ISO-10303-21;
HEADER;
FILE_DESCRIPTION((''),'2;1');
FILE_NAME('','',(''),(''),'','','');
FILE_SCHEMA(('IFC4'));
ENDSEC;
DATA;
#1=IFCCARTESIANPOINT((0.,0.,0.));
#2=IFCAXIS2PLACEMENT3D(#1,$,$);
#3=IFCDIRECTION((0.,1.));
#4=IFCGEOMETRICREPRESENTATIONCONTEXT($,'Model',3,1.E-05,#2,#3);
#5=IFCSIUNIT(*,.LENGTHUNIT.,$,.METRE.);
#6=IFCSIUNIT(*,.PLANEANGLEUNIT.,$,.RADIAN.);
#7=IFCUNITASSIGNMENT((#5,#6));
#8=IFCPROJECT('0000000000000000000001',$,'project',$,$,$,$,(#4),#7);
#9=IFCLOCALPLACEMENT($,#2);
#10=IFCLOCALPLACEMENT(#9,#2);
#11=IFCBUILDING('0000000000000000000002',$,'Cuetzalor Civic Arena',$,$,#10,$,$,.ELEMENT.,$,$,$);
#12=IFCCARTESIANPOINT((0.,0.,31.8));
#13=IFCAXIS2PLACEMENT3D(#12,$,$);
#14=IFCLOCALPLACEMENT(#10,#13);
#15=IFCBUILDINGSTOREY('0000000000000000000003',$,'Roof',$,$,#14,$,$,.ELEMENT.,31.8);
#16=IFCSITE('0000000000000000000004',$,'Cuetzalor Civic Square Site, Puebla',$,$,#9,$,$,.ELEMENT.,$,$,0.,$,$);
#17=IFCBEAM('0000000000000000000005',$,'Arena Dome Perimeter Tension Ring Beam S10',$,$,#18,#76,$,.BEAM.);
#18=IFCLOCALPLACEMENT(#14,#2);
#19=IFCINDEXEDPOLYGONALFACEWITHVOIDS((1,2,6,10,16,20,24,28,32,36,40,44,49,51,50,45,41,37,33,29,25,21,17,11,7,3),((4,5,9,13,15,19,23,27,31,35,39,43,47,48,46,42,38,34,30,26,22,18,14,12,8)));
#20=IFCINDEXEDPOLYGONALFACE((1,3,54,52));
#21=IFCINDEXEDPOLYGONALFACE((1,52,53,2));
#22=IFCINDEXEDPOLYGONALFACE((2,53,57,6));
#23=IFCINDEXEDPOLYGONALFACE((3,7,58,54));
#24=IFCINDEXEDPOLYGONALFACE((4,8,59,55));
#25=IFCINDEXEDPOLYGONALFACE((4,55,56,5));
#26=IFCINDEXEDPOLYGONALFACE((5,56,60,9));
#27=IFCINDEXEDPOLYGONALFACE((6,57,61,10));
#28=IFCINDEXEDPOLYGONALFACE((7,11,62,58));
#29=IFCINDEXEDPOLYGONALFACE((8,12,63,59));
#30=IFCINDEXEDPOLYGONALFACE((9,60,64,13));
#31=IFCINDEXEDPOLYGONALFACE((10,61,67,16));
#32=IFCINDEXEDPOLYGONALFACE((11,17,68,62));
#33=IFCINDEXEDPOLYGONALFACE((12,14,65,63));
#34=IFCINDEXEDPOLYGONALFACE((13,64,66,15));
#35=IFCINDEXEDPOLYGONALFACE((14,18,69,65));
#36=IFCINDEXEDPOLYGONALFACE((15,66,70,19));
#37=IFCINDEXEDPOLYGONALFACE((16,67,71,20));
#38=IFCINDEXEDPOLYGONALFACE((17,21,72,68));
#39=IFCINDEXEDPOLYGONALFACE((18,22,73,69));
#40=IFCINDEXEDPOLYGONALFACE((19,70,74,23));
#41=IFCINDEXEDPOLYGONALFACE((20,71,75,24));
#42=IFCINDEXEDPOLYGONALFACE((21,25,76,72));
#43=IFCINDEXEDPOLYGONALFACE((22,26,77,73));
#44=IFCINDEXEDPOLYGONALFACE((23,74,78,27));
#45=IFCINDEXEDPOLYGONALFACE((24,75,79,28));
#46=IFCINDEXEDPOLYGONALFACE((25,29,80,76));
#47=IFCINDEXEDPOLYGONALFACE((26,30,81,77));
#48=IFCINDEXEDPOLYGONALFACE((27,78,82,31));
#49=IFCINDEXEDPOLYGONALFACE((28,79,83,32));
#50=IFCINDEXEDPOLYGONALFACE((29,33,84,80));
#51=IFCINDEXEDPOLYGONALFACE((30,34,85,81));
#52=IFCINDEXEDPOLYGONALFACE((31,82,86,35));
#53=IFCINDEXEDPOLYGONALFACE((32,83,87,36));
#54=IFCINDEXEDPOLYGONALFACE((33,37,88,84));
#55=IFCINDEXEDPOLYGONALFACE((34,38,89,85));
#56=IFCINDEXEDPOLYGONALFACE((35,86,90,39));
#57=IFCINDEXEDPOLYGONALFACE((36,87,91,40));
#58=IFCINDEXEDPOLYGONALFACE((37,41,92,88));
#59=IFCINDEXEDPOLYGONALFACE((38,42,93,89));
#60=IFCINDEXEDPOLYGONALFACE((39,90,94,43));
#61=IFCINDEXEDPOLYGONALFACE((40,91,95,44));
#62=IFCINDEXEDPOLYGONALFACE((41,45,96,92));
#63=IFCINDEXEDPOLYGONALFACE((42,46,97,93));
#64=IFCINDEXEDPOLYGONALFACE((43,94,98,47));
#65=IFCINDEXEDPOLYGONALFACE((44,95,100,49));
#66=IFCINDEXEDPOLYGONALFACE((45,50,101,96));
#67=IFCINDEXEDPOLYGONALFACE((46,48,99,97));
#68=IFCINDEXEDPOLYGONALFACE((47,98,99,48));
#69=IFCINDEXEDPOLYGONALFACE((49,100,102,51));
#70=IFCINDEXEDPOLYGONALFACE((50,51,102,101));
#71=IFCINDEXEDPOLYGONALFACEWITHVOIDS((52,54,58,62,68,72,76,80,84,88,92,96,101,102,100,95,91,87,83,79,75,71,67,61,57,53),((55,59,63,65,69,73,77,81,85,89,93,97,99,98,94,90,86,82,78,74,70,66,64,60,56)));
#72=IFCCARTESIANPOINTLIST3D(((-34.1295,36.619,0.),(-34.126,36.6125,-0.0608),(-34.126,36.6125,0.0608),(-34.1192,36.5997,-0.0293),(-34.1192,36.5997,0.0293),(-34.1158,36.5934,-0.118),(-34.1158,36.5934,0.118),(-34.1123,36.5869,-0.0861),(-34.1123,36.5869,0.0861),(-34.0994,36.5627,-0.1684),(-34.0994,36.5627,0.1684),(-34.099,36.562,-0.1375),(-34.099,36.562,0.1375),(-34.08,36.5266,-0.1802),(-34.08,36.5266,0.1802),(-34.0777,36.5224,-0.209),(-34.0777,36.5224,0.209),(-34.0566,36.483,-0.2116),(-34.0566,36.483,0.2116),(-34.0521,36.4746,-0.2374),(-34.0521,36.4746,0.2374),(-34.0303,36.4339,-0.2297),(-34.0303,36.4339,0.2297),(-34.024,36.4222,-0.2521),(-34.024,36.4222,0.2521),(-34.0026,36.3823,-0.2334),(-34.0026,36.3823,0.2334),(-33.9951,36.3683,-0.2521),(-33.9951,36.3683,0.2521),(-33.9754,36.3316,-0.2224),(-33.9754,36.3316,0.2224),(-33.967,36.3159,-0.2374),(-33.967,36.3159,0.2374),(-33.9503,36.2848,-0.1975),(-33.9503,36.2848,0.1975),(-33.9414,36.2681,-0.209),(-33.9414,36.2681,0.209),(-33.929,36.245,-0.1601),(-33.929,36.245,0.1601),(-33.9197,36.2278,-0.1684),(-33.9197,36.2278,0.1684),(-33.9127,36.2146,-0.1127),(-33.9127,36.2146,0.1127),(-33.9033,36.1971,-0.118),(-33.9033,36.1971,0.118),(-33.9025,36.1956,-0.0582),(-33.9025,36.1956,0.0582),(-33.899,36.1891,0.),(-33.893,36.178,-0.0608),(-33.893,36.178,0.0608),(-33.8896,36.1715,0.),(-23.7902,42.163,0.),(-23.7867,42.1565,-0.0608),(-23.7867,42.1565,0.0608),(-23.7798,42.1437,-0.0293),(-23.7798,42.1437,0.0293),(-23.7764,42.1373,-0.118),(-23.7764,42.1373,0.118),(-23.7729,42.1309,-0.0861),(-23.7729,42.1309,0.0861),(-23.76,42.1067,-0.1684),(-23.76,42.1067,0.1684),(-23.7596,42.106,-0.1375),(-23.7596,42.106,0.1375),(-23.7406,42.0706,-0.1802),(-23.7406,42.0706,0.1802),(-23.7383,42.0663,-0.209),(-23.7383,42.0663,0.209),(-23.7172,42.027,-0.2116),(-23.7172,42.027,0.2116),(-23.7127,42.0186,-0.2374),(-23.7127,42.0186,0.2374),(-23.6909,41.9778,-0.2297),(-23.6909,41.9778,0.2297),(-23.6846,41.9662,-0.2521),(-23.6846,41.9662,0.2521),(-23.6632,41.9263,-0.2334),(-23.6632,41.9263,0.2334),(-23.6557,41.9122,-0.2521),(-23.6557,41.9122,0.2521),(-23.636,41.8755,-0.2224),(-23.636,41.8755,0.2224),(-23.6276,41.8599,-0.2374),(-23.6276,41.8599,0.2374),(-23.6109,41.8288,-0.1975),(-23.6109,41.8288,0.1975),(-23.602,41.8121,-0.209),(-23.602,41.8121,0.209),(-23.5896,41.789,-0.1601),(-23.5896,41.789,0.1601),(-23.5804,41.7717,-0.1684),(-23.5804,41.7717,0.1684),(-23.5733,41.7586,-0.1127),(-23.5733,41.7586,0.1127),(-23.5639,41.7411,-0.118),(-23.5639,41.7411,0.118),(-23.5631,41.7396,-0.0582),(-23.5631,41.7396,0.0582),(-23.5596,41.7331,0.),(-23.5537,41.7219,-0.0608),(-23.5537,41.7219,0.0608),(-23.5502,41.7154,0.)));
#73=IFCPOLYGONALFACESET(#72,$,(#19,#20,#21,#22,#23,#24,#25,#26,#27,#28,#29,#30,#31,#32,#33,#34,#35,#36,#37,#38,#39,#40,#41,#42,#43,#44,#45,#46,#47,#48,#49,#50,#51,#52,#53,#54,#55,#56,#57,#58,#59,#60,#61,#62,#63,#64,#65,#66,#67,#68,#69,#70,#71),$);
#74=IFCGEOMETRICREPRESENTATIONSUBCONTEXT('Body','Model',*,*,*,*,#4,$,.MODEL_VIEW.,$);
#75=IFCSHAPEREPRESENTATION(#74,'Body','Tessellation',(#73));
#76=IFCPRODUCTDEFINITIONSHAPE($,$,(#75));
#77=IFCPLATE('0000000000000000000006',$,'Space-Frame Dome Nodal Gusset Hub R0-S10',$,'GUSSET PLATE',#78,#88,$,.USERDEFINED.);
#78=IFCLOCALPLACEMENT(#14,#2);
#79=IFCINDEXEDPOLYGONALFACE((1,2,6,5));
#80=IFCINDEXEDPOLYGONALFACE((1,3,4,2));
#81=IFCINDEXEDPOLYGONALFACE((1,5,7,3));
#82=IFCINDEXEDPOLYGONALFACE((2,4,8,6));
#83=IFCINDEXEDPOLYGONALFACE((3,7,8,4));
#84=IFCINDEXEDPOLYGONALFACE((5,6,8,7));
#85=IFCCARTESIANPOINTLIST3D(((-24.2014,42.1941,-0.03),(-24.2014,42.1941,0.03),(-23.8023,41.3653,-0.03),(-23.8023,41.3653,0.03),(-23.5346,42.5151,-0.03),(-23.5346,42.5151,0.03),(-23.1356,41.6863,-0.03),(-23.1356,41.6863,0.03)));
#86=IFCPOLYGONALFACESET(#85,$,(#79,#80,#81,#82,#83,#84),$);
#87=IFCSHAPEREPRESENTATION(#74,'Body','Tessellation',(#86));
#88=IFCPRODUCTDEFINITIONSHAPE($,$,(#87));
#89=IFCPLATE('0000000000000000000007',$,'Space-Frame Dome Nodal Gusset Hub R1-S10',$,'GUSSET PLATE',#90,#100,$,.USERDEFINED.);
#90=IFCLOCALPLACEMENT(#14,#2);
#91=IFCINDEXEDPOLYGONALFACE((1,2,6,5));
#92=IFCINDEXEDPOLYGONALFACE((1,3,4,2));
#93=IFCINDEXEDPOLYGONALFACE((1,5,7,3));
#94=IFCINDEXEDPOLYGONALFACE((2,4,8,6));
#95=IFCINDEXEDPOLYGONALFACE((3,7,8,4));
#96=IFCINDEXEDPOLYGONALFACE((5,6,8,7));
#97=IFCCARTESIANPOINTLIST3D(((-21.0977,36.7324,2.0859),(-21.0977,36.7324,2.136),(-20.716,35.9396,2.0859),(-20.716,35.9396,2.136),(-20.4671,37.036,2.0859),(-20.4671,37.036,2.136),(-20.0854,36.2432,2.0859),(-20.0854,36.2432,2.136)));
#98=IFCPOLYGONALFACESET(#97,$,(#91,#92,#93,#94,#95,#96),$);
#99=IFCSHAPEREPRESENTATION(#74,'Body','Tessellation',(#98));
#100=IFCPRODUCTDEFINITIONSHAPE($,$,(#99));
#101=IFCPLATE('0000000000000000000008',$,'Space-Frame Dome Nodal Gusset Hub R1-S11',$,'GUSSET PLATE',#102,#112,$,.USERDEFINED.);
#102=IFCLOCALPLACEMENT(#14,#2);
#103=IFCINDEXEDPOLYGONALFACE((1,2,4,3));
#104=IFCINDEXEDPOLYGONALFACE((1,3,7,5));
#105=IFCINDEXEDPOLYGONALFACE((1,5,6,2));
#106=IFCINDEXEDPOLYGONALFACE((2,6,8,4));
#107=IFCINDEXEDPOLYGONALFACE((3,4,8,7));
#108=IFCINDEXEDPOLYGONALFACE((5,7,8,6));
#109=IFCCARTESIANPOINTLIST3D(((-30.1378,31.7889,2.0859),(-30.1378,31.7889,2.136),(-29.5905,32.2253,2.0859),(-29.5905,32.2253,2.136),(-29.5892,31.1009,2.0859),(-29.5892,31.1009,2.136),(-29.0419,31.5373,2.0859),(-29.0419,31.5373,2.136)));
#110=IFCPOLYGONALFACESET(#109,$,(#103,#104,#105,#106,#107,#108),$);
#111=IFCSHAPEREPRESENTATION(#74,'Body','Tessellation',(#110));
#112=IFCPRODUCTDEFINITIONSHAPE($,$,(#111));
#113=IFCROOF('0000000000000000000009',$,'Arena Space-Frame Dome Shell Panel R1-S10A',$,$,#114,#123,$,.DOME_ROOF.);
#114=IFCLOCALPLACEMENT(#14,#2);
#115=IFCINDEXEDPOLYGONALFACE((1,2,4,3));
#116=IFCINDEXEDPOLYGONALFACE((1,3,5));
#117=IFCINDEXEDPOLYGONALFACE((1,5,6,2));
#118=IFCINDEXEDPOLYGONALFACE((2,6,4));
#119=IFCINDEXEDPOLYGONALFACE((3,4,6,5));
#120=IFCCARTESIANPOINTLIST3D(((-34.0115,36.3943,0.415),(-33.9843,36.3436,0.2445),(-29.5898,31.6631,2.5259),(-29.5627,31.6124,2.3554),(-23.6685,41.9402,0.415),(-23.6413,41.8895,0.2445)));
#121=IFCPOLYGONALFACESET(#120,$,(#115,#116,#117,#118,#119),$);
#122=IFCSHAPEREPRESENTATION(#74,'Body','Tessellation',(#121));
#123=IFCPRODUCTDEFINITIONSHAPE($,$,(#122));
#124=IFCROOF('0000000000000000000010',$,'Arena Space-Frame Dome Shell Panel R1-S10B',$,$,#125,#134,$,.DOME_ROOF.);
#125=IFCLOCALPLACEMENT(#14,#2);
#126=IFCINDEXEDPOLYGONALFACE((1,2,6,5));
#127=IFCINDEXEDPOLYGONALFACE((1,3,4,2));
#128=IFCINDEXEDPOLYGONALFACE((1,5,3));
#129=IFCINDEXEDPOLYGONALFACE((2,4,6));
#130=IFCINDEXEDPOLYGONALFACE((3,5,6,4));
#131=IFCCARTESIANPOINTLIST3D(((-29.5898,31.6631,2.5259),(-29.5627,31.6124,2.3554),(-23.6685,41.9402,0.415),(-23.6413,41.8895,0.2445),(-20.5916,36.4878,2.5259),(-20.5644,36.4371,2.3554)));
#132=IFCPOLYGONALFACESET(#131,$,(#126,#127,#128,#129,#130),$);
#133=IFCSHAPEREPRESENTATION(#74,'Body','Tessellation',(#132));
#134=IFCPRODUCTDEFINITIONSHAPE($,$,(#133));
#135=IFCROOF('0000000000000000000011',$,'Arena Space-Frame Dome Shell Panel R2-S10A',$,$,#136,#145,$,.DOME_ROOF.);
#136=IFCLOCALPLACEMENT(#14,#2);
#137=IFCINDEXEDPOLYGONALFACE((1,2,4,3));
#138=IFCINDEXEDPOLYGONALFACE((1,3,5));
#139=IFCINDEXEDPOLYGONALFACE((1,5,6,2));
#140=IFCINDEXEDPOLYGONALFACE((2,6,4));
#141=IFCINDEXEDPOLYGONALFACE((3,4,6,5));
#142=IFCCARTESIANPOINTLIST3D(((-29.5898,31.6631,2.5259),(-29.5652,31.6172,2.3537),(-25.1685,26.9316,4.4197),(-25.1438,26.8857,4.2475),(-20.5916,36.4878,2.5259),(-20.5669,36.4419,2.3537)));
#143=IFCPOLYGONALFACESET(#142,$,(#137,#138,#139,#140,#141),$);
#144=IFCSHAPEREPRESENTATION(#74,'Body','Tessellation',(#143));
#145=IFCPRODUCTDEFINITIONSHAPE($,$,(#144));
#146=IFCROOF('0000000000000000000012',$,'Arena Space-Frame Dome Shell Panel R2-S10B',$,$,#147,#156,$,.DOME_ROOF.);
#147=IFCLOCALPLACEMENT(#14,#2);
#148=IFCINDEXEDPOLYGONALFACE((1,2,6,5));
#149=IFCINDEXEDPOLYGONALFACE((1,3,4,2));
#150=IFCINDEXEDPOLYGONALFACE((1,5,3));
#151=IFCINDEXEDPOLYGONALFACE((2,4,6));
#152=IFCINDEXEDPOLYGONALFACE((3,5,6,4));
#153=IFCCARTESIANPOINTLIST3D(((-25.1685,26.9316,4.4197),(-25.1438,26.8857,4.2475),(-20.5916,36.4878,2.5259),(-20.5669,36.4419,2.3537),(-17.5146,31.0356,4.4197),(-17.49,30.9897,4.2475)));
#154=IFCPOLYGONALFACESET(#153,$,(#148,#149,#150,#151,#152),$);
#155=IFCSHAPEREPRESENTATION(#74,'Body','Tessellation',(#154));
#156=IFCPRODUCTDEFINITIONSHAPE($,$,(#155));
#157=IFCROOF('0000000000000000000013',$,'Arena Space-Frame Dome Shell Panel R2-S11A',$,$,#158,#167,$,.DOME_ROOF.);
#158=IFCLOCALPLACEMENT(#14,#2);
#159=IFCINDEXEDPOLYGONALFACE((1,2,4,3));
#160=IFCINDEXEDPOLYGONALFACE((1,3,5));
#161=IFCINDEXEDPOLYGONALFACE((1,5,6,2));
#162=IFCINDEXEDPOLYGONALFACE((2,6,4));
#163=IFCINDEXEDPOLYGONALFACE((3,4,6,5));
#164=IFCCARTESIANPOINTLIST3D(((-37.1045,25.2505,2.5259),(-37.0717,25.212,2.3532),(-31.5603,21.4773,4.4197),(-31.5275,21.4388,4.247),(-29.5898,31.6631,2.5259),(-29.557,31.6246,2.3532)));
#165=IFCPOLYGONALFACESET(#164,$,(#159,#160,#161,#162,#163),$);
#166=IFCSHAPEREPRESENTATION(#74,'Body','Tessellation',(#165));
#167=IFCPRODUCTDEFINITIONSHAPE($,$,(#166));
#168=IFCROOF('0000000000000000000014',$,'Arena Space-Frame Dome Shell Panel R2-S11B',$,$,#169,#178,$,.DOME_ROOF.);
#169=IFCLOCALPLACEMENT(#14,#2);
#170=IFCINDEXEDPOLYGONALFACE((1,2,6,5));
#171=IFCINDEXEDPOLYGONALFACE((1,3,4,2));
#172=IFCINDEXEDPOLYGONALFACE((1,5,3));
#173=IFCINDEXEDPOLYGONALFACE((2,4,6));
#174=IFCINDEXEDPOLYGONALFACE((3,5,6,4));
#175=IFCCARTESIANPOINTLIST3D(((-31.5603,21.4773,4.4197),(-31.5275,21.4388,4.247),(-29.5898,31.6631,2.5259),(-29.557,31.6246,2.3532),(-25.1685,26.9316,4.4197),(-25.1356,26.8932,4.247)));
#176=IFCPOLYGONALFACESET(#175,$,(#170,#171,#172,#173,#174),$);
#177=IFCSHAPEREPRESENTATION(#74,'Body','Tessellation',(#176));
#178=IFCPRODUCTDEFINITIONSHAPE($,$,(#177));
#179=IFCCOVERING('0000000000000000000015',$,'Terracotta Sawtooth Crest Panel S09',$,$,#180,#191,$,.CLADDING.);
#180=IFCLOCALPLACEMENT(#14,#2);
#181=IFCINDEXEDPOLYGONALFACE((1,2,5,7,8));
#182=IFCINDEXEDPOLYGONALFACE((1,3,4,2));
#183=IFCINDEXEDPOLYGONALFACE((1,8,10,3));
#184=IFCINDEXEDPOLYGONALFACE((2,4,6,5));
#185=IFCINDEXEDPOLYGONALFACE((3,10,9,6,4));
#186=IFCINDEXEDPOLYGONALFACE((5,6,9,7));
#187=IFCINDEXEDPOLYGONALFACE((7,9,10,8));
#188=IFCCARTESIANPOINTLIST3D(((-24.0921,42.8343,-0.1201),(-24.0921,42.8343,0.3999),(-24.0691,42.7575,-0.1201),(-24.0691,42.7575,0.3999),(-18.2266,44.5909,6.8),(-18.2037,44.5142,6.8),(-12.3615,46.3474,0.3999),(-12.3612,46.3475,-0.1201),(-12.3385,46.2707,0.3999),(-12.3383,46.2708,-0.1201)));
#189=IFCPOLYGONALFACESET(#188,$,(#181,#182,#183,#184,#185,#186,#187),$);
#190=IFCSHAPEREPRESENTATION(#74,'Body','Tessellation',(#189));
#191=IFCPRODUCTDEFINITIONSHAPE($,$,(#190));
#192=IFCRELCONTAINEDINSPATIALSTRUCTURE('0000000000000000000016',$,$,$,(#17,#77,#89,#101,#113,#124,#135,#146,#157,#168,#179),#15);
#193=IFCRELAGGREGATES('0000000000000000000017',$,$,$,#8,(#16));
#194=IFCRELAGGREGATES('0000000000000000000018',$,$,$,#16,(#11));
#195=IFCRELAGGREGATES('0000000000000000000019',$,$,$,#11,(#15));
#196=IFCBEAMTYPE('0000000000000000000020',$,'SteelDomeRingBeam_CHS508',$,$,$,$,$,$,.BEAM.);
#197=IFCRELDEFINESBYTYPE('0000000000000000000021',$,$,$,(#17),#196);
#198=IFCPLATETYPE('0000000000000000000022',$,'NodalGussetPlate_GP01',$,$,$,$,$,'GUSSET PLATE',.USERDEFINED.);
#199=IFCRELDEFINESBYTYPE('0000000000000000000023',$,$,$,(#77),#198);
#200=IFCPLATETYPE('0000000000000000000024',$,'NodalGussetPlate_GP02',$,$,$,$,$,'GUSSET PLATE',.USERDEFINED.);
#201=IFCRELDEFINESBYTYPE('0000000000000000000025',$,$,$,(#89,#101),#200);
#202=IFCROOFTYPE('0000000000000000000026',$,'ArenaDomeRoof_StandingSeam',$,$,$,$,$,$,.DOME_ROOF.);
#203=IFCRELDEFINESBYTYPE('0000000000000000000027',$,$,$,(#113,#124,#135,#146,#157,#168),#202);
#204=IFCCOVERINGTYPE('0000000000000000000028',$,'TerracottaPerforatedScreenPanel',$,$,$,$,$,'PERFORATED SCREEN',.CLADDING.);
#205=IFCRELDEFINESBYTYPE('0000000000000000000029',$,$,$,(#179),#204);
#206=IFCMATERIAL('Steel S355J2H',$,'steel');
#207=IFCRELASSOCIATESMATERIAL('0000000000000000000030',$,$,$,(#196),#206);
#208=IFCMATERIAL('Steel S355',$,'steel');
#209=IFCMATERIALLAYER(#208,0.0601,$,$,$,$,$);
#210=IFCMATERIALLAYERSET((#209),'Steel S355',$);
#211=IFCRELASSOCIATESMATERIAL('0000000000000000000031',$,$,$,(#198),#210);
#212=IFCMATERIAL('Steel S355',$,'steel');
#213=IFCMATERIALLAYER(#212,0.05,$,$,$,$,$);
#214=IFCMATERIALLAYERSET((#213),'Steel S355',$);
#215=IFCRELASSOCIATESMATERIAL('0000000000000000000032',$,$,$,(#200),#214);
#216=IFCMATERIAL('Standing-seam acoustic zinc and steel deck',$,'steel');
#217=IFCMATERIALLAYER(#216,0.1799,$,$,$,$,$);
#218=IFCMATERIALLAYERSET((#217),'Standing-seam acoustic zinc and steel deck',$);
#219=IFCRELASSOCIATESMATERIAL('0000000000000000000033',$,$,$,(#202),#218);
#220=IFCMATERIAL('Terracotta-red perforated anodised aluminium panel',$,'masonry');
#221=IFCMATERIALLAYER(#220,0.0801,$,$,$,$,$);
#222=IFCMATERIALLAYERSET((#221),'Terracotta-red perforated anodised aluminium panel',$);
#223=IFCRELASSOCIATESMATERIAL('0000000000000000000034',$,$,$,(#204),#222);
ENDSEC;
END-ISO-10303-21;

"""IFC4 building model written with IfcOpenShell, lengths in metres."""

from ifc_helpers import new_model, si_unit, direction, frame, origin, origin_2d, place, context, subcontext, project, spatial, polyline, rectangle, hollow_circle, outline, extrude, material, layer, layer_set, material_profile, profile_set, type_object, element, save


model = new_model("IFC4")

# Units and contexts
model_context = context("Model", 3, precision=1e-05, world=origin(), true_north=direction((0.0, 1.0)))
body_context = subcontext(model_context, "Body", "Model", "MODEL_VIEW")
ifc_project = project(units=[si_unit("LENGTHUNIT", "METRE"), si_unit("PLANEANGLEUNIT", "RADIAN")], contexts=[model_context])

# Site, building, storey
site_placement = place(None, origin())
site = spatial("IfcSite", under=ifc_project, at=site_placement, Name="Cuetzalor Civic Square Site, Puebla", CompositionType="ELEMENT", RefElevation=0.0)
building_placement = place(site_placement, origin())
building = spatial("IfcBuilding", under=site, at=building_placement, Name="Cuetzalor Civic Arena", CompositionType="ELEMENT")
storey_placement = place(building_placement, frame((0.0, 0.0, 31.8)))
storey = spatial("IfcBuildingStorey", under=building, at=storey_placement, Name="Roof", CompositionType="ELEMENT", Elevation=31.8)

# Beam
ifc_material_1 = material(Name="Steel S355J2H", Category="steel")
ifc_material_profile_1 = material_profile(ifc_material_1, hollow_circle(Radius=0.2539, WallThickness=0.02, at=origin_2d()), Name="CHS 508x20")
ifc_profile_set_1 = profile_set([ifc_material_profile_1], Name="Steel S355J2H")
beam_type = type_object("IfcBeamType", Name="SteelDomeRingBeam_CHS508", PredefinedType="BEAM", material=ifc_profile_set_1)
beam_placement = place(storey_placement, frame((-23.6702, 41.9392, 0.0), z_axis=(-0.881302, -0.472553, 0.0), x_axis=(0.472553, -0.881302, 0.0)))
element("IfcBeam", 1, at=beam_placement, inside=storey, type_object=beam_type, Name="Arena Dome Perimeter Tension Ring Beam S10", PredefinedType="BEAM", context=body_context, shape_type="SweptSolid", body=[
    extrude(hollow_circle(Radius=0.2539, WallThickness=0.02, at=origin_2d()), origin(), (0.0, 0.0, 1.0), 11.7319),
])

# Plates
ifc_material_2 = material(Name="Steel S355", Category="steel")
ifc_layer_1 = layer(ifc_material_2, 0.0601)
ifc_layer_set_1 = layer_set([ifc_layer_1], Name="Steel S355")
plate_type_1 = type_object("IfcPlateType", Name="NodalGussetPlate_GP01", ElementType="GUSSET PLATE", PredefinedType="USERDEFINED", material=ifc_layer_set_1)
plate_placement = place(storey_placement, frame((-23.6685, 41.9402, -0.03), z_axis=(0.0, 0.0, 1.0), x_axis=(-0.433816, 0.901001, 0.0)))
element("IfcPlate", 2, at=plate_placement, inside=storey, type_object=plate_type_1, Name="Space-Frame Dome Nodal Gusset Hub R0-S10", ObjectType="GUSSET PLATE", PredefinedType="USERDEFINED", context=body_context, shape_type="SweptSolid", body=[
    extrude(rectangle(XDim=0.9199, YDim=0.74, at=origin_2d()), origin(), (0.0, 0.0, 1.0), 0.0601),
])
ifc_material_3 = material(Name="Steel S355", Category="steel")
ifc_layer_2 = layer(ifc_material_3, 0.05)
ifc_layer_set_2 = layer_set([ifc_layer_2], Name="Steel S355")
plate_type_2 = type_object("IfcPlateType", Name="NodalGussetPlate_GP02", ElementType="GUSSET PLATE", PredefinedType="USERDEFINED", material=ifc_layer_set_2)
for number, where, z_axis, x_axis, name in (
    (3, (-20.5916, 36.4878, 2.0859), (0.0, 0.0, 1.0), (-0.433816, 0.901001, 0.0), "Space-Frame Dome Nodal Gusset Hub R1-S10"),
    (4, (-29.5898, 31.6631, 2.0859), (0.0, 0.0, 1.0), (-0.62347, 0.781847, 0.0), "Space-Frame Dome Nodal Gusset Hub R1-S11"),
):
    element("IfcPlate", number, at=place(storey_placement, frame(where, z_axis=z_axis, x_axis=x_axis)), inside=storey, type_object=plate_type_2, Name=name, ObjectType="GUSSET PLATE", PredefinedType="USERDEFINED", context=body_context, shape_type="SweptSolid", body=[
        extrude(rectangle(XDim=0.8799, YDim=0.7, at=origin_2d()), origin(), (0.0, 0.0, 1.0), 0.05),
    ])

# Roofs
ifc_material_4 = material(Name="Standing-seam acoustic zinc and steel deck", Category="steel")
ifc_layer_3 = layer(ifc_material_4, 0.1799)
ifc_layer_set_3 = layer_set([ifc_layer_3], Name="Standing-seam acoustic zinc and steel deck")
roof_type = type_object("IfcRoofType", Name="ArenaDomeRoof_StandingSeam", PredefinedType="DOME_ROOF", material=ifc_layer_set_3)
roof_1_placement = place(storey_placement, frame((-23.6685, 41.9402, 0.415), z_axis=(-0.15101, 0.281631, 0.947565), x_axis=(-0.881303, -0.472552, 0.0)))
element("IfcRoof", 5, at=roof_1_placement, inside=storey, type_object=roof_type, Name="Arena Space-Frame Dome Shell Panel R1-S10A", PredefinedType="DOME_ROOF", context=body_context, shape_type="SweptSolid", body=[
    extrude(outline(polyline([(0.0, 0.0), (11.7361, 0.0), (10.075, 6.6054), (0.0, 0.0)])), origin(), (0.0, 0.0, -1.0), 0.1799),
])
roof_2_placement = place(storey_placement, frame((-23.6685, 41.9402, 0.415), z_axis=(-0.151003, 0.281627, 0.947568), x_axis=(-0.491512, -0.853063, 0.175213)))
element("IfcRoof", 6, at=roof_2_placement, inside=storey, type_object=roof_type, Name="Arena Space-Frame Dome Shell Panel R1-S10B", PredefinedType="DOME_ROOF", context=body_context, shape_type="SweptSolid", body=[
    extrude(outline(polyline([(0.0, 0.0), (12.0473, 0.0), (3.5087, 5.5982), (0.0, 0.0)])), origin(), (0.0, 0.0, -1.0), 0.1799),
])
roof_3_placement = place(storey_placement, frame((-20.5916, 36.4878, 2.5259), z_axis=(-0.136847, 0.255226, 0.957148), x_axis=(-0.881309, -0.472541, 0.0)))
element("IfcRoof", 7, at=roof_3_placement, inside=storey, type_object=roof_type, Name="Arena Space-Frame Dome Shell Panel R2-S10A", PredefinedType="DOME_ROOF", context=body_context, shape_type="SweptSolid", body=[
    extrude(outline(polyline([(0.0, 0.0), (10.2101, 0.0), (8.5493, 6.5394), (0.0, 0.0)])), origin(), (0.0, 0.0, -1.0), 0.1799),
])
roof_4_placement = place(storey_placement, frame((-20.5916, 36.4878, 2.5259), z_axis=(-0.136855, 0.25523, 0.957146), x_axis=(-0.425222, -0.887823, 0.175945)))
element("IfcRoof", 8, at=roof_4_placement, inside=storey, type_object=roof_type, Name="Arena Space-Frame Dome Shell Panel R2-S10B", PredefinedType="DOME_ROOF", context=body_context, shape_type="SweptSolid", body=[
    extrude(outline(polyline([(0.0, 0.0), (10.7636, 0.0), (3.8654, 5.2762), (0.0, 0.0)])), origin(), (0.0, 0.0, -1.0), 0.1799),
])
roof_5_placement = place(storey_placement, frame((-29.5898, 31.6631, 2.5259), z_axis=(-0.182375, 0.213717, 0.959721), x_axis=(-0.760682, -0.649125, 0.0)))
element("IfcRoof", 9, at=roof_5_placement, inside=storey, type_object=roof_type, Name="Arena Space-Frame Dome Shell Panel R2-S11A", PredefinedType="DOME_ROOF", context=body_context, shape_type="SweptSolid", body=[
    extrude(outline(polyline([(0.0, 0.0), (9.8788, 0.0), (8.1107, 6.7406), (0.0, 0.0)])), origin(), (0.0, 0.0, -1.0), 0.1799),
])
roof_6_placement = place(storey_placement, frame((-29.5898, 31.6631, 2.5259), z_axis=(-0.182371, 0.213717, 0.959722), x_axis=(-0.186843, -0.965838, 0.179574)))
element("IfcRoof", 10, at=roof_6_placement, inside=storey, type_object=roof_type, Name="Arena Space-Frame Dome Shell Panel R2-S11B", PredefinedType="DOME_ROOF", context=body_context, shape_type="SweptSolid", body=[
    extrude(outline(polyline([(0.0, 0.0), (10.5461, 0.0), (4.0838, 5.3707), (0.0, 0.0)])), origin(), (0.0, 0.0, -1.0), 0.1799),
])

# Covering
ifc_material_5 = material(Name="Terracotta-red perforated anodised aluminium panel", Category="masonry")
ifc_layer_4 = layer(ifc_material_5, 0.0801)
ifc_layer_set_4 = layer_set([ifc_layer_4], Name="Terracotta-red perforated anodised aluminium panel")
covering_type = type_object("IfcCoveringType", Name="TerracottaPerforatedScreenPanel", ElementType="PERFORATED SCREEN", PredefinedType="CLADDING", material=ifc_layer_set_4)
covering_1_placement = place(storey_placement, frame((-24.0806, 42.7959, -0.1201), z_axis=(0.0, 0.0, 1.0), x_axis=(0.957962, 0.286896, 0.0)))
element("IfcCovering", 11, at=covering_1_placement, inside=storey, type_object=covering_type, Name="Terracotta Sawtooth Crest Panel S09", PredefinedType="CLADDING", context=body_context, shape_type="SweptSolid", body=[
    extrude(outline(polyline([(0.0, 0.0), (12.2456, 0.0), (12.2454, 0.52), (6.1228, 6.9202), (0.0, 0.52), (0.0, 0.0)])), frame((0.0, 0.04, 0.0), z_axis=(0.0, -1.0, 0.0), x_axis=(1.0, 0.0, 0.0)), (0.0, 0.0, 1.0), 0.0801),
])

save(model, "model.ifc")
